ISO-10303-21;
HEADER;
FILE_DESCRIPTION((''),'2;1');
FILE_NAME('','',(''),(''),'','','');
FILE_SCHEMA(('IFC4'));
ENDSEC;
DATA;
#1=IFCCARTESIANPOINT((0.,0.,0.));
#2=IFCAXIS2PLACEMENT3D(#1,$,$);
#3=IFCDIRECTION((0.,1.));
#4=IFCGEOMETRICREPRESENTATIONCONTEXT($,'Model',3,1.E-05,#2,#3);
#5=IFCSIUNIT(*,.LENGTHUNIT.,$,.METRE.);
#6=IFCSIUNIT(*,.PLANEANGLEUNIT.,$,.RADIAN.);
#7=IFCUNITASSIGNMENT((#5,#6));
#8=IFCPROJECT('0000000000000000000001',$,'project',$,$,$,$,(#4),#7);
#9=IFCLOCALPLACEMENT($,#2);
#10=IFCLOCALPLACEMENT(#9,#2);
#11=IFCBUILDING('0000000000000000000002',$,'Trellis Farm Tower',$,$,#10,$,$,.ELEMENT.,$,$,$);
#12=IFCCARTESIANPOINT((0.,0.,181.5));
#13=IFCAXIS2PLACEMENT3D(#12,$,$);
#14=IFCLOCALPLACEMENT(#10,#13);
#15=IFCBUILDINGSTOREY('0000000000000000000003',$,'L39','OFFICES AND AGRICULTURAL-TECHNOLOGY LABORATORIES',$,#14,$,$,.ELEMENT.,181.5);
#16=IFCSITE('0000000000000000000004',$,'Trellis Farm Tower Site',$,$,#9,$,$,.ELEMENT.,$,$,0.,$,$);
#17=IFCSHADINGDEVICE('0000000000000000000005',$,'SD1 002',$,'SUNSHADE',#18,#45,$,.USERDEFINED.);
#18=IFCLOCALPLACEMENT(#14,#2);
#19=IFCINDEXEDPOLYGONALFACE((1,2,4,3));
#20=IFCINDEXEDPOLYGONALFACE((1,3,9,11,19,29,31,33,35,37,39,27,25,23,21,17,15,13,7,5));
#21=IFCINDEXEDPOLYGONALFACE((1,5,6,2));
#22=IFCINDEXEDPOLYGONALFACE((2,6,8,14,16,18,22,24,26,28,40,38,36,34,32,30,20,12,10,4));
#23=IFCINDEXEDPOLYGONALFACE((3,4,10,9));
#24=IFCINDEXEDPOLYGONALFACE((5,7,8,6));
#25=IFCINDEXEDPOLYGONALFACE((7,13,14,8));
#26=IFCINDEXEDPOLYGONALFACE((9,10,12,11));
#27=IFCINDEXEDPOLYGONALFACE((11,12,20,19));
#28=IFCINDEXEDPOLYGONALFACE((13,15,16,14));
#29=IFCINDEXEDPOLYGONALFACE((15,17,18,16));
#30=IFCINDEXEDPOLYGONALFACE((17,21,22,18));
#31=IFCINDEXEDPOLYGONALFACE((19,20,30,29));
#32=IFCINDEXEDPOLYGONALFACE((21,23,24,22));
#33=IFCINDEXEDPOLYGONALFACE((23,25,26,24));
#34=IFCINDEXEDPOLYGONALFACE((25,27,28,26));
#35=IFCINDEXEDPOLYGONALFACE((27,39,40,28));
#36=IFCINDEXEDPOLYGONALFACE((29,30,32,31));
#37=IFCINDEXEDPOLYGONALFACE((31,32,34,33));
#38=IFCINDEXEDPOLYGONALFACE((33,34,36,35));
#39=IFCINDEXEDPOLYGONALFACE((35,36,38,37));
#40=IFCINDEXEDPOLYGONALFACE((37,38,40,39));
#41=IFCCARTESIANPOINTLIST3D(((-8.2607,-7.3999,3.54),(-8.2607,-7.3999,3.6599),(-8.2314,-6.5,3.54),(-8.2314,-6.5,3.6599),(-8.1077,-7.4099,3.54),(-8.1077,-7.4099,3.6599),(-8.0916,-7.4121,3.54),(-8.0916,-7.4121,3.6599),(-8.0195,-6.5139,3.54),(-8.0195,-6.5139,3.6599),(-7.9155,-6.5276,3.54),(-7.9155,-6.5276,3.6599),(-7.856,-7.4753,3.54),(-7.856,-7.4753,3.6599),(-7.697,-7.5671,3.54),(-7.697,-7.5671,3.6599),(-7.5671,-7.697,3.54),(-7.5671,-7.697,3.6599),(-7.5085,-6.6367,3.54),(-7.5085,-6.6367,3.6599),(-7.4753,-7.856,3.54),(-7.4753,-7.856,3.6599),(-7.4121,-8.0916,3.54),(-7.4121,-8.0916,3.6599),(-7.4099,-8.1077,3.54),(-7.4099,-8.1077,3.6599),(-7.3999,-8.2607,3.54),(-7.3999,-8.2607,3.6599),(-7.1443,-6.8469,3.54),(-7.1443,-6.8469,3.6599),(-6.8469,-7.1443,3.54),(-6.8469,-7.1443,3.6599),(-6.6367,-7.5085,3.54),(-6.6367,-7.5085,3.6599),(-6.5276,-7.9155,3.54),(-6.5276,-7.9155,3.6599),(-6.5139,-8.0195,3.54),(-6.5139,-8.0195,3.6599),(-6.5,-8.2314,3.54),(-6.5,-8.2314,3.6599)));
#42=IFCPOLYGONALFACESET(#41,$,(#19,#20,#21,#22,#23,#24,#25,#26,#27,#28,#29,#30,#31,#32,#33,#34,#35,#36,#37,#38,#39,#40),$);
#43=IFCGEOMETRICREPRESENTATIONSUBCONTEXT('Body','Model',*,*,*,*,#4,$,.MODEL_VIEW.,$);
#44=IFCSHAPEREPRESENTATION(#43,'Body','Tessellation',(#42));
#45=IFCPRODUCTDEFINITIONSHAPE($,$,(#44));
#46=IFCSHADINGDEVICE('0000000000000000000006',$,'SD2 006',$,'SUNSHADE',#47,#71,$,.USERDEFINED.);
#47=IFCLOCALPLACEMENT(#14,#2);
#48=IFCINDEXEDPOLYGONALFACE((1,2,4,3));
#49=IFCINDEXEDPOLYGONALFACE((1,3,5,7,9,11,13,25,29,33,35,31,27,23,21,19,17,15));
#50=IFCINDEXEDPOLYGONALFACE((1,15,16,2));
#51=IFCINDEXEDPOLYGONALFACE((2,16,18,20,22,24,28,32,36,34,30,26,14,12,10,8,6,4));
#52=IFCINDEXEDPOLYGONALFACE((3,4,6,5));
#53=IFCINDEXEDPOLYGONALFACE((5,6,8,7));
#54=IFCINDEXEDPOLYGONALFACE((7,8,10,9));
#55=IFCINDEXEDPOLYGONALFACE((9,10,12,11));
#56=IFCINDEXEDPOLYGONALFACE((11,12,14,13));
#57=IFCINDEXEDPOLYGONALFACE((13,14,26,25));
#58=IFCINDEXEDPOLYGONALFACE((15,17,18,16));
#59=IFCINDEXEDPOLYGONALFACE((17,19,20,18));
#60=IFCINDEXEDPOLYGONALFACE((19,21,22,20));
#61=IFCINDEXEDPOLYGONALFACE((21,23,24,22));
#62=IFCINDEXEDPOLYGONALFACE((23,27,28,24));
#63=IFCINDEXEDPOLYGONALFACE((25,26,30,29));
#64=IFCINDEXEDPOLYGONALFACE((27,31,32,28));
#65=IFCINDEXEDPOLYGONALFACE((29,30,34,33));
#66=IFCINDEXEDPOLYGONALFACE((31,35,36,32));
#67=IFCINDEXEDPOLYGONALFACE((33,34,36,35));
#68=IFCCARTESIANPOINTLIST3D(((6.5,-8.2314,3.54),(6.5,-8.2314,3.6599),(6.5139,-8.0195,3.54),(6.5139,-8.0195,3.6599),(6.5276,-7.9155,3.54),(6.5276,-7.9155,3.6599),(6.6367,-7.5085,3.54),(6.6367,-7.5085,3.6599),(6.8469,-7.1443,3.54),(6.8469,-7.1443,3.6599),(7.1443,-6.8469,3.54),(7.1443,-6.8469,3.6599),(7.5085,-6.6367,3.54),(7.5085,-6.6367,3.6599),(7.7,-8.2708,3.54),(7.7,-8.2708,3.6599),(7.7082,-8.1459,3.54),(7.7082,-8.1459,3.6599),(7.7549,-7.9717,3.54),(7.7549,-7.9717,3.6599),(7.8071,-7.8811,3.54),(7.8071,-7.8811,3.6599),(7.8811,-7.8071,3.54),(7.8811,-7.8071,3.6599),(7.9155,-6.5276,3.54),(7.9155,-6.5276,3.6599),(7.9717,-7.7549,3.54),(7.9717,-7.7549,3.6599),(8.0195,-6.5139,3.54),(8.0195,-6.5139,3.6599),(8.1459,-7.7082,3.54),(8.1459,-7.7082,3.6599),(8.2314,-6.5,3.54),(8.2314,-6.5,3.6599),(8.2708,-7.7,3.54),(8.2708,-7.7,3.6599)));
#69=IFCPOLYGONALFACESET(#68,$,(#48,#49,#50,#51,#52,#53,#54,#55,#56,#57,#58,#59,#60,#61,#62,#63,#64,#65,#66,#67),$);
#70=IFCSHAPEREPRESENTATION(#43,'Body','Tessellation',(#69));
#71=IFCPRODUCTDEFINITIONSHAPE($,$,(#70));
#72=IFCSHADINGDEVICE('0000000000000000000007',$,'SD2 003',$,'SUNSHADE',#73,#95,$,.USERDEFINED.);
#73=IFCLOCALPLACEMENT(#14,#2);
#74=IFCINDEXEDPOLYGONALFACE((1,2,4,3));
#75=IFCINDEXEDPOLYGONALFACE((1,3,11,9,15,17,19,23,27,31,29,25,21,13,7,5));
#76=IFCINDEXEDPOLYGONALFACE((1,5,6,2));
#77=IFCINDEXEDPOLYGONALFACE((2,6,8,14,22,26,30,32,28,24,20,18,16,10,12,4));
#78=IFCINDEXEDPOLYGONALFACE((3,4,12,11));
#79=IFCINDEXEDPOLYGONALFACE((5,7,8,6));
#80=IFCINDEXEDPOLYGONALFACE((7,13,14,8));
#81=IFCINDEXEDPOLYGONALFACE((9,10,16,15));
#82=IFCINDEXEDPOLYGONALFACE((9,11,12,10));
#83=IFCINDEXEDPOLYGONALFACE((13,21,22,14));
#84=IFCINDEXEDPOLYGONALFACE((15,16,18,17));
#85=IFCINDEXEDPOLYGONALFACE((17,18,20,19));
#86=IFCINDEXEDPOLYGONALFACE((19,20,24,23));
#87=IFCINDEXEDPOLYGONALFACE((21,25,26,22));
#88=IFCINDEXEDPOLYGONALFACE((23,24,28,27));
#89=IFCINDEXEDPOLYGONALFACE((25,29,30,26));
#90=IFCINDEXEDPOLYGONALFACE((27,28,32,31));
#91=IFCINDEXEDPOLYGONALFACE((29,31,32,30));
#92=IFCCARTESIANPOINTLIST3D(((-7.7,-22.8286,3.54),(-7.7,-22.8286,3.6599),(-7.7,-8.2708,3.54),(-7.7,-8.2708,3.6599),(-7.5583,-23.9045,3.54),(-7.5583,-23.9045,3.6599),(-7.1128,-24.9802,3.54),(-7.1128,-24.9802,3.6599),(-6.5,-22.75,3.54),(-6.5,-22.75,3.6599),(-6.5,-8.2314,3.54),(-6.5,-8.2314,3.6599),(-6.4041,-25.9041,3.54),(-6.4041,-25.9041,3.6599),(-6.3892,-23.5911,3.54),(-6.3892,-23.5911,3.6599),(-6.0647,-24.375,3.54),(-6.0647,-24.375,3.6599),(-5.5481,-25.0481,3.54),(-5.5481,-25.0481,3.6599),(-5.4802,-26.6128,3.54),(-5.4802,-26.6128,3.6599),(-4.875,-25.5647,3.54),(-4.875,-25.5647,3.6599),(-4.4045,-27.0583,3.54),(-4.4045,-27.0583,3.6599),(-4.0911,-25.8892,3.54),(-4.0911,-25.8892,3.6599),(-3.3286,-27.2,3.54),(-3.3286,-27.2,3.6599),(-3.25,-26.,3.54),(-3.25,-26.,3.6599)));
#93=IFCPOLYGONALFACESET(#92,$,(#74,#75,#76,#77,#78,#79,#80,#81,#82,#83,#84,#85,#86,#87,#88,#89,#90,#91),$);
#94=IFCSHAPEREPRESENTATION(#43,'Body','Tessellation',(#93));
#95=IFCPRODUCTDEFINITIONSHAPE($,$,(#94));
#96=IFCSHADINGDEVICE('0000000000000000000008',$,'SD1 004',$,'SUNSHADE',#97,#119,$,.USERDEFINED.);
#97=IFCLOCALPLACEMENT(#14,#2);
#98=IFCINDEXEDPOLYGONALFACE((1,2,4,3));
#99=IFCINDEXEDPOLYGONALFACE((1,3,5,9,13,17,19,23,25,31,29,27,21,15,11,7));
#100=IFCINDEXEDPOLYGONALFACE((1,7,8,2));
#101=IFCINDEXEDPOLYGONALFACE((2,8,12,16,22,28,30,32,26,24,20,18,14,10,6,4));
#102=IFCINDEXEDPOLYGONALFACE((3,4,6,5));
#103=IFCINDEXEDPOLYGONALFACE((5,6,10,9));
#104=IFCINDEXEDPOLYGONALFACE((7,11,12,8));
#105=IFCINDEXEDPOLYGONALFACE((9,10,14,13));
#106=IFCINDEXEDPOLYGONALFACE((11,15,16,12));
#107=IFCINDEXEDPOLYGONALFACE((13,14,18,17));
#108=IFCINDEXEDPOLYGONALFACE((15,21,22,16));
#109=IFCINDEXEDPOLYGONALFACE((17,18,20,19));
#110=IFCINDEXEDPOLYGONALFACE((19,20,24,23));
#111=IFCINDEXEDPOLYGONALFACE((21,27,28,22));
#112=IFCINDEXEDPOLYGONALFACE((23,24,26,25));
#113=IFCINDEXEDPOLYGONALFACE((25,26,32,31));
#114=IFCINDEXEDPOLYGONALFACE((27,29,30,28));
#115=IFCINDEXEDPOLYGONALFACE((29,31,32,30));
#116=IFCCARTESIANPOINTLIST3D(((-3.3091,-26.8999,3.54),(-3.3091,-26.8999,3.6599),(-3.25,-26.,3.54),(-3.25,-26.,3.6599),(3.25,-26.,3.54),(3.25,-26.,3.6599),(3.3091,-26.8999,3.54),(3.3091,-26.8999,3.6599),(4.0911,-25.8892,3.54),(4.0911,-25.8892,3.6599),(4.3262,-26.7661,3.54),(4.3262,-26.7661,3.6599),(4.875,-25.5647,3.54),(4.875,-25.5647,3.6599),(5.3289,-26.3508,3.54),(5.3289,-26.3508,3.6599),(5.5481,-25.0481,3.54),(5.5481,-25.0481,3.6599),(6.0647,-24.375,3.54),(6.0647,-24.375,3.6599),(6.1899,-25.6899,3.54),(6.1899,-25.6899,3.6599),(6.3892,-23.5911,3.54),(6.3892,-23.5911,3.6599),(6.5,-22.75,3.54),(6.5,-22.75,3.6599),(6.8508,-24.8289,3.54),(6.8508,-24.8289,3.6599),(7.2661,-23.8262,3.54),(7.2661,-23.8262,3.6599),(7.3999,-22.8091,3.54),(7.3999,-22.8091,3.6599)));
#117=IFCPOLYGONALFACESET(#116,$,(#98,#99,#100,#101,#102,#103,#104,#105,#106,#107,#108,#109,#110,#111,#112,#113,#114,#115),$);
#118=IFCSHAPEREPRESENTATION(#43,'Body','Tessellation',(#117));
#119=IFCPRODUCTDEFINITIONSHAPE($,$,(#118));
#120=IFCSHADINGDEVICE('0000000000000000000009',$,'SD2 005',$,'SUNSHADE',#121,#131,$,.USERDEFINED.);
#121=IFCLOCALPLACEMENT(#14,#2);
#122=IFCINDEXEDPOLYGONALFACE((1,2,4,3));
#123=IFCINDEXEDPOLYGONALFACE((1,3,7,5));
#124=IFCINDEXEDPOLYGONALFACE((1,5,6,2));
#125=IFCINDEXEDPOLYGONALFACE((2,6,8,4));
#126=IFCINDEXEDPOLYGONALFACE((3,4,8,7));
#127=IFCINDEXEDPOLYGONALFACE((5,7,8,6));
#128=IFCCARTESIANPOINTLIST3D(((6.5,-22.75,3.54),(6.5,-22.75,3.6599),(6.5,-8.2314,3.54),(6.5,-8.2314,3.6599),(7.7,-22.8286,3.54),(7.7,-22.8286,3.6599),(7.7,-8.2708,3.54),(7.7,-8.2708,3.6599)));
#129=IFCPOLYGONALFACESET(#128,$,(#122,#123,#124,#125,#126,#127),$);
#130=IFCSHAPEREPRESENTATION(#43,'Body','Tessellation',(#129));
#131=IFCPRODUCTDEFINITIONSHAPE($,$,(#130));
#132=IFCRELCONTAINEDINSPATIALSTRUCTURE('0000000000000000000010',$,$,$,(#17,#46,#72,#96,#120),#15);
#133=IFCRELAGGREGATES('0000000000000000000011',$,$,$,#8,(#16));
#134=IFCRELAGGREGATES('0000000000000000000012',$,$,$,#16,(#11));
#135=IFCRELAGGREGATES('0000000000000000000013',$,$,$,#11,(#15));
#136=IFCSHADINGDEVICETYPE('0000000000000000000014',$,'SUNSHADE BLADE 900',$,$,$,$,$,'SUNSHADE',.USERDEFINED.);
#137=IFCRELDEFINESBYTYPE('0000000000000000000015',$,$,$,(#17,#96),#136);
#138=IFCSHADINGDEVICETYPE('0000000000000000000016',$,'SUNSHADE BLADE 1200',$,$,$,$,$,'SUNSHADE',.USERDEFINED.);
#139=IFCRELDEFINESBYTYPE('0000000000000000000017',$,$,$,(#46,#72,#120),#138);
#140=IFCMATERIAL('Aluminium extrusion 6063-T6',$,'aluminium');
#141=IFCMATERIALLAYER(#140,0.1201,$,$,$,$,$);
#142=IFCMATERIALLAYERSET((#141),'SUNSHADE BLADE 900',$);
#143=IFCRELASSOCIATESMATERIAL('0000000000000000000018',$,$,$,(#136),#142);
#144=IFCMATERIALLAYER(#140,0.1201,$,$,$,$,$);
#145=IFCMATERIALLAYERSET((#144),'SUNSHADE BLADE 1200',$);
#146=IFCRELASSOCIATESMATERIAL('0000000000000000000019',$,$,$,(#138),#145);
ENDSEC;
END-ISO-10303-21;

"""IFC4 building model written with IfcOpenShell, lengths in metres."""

from ifc_helpers import new_model, si_unit, direction, frame, origin, place, context, subcontext, project, spatial, polyline, outline, extrude, source, transform, mapped, material, layer, layer_set, type_object, element, save


model = new_model("IFC4")

# Units and contexts
model_context = context("Model", 3, precision=1e-05, world=origin(), true_north=direction((0.0, 1.0)))
body_context = subcontext(model_context, "Body", "Model", "MODEL_VIEW")
ifc_project = project(units=[si_unit("LENGTHUNIT", "METRE"), si_unit("PLANEANGLEUNIT", "RADIAN")], contexts=[model_context])

# Site, building, storey
site_placement = place(None, origin())
site = spatial("IfcSite", under=ifc_project, at=site_placement, Name="Trellis Farm Tower Site", CompositionType="ELEMENT", RefElevation=0.0)
building_placement = place(site_placement, origin())
building = spatial("IfcBuilding", under=site, at=building_placement, Name="Trellis Farm Tower", CompositionType="ELEMENT")
storey_placement = place(building_placement, frame((0.0, 0.0, 181.5)))
storey = spatial("IfcBuildingStorey", under=building, at=storey_placement, Name="L39", Description="OFFICES AND AGRICULTURAL-TECHNOLOGY LABORATORIES", CompositionType="ELEMENT", Elevation=181.5)

# Shared definitions
ifc_material_1 = material(Name="Aluminium extrusion 6063-T6", Category="aluminium")

# Shading devices
ifc_layer_1 = layer(ifc_material_1, 0.1201)
ifc_layer_set_1 = layer_set([ifc_layer_1], Name="SUNSHADE BLADE 900")
shading_device_type_1 = type_object("IfcShadingDeviceType", Name="SUNSHADE BLADE 900", ElementType="SUNSHADE", PredefinedType="USERDEFINED", material=ifc_layer_set_1)
shared_shape_1 = source(origin(), body_context, "Body", "SweptSolid", [
    extrude(outline(polyline([(-8.2607, -7.3999), (-8.1077, -7.4099), (-8.0916, -7.4121), (-7.856, -7.4753), (-7.697, -7.5671), (-7.5671, -7.697), (-7.4753, -7.856), (-7.4121, -8.0916), (-7.4099, -8.1077), (-7.3999, -8.2607), (-6.5, -8.2314), (-6.5139, -8.0195), (-6.5276, -7.9155), (-6.6367, -7.5085), (-6.8469, -7.1443), (-7.1443, -6.8469), (-7.5085, -6.6367), (-7.9155, -6.5276), (-8.0195, -6.5139), (-8.2314, -6.5), (-8.2607, -7.3999)])), origin(), (0.0, 0.0, 1.0), 0.1199),
])
placement_1 = place(storey_placement, frame((0.0, 0.0, 3.54)))
element("IfcShadingDevice", 1, at=placement_1, inside=storey, type_object=shading_device_type_1, Name="SD1 002", ObjectType="SUNSHADE", PredefinedType="USERDEFINED", context=body_context, shape_type="MappedRepresentation", body=[
    mapped(shared_shape_1, transform((0.0, 0.0, 0.0))),
])
ifc_layer_2 = layer(ifc_material_1, 0.1201)
ifc_layer_set_2 = layer_set([ifc_layer_2], Name="SUNSHADE BLADE 1200")
shading_device_type_2 = type_object("IfcShadingDeviceType", Name="SUNSHADE BLADE 1200", ElementType="SUNSHADE", PredefinedType="USERDEFINED", material=ifc_layer_set_2)
shared_shape_2 = source(origin(), body_context, "Body", "SweptSolid", [
    extrude(outline(polyline([(7.7, -8.2708), (7.7087, -8.1372), (7.707, -8.1501), (7.7549, -7.9717), (7.8071, -7.8811), (7.8811, -7.8071), (7.9717, -7.7549), (8.1501, -7.707), (8.1372, -7.7087), (8.2708, -7.7), (8.2314, -6.5), (8.0195, -6.5139), (7.9155, -6.5276), (7.5085, -6.6367), (7.1443, -6.8469), (6.8469, -7.1443), (6.6367, -7.5085), (6.5276, -7.9155), (6.5139, -8.0195), (6.5, -8.2314), (7.7, -8.2708)])), origin(), (0.0, 0.0, 1.0), 0.1199),
])
element("IfcShadingDevice", 2, at=placement_1, inside=storey, type_object=shading_device_type_2, Name="SD2 006", ObjectType="SUNSHADE", PredefinedType="USERDEFINED", context=body_context, shape_type="MappedRepresentation", body=[
    mapped(shared_shape_2, transform((0.0, 0.0, 0.0))),
])
shared_shape_3 = source(origin(), body_context, "Body", "SweptSolid", [
    extrude(outline(polyline([(-7.7, -8.2708), (-7.7, -22.8286), (-7.5583, -23.9045), (-7.1128, -24.9802), (-6.4041, -25.9041), (-5.4802, -26.6128), (-4.4045, -27.0583), (-3.3286, -27.2), (-3.25, -26.0), (-4.0911, -25.8892), (-4.875, -25.5647), (-5.5481, -25.0481), (-6.0647, -24.375), (-6.3892, -23.5911), (-6.5, -22.75), (-6.5, -8.2314), (-7.7, -8.2708)])), origin(), (0.0, 0.0, 1.0), 0.1199),
])
element("IfcShadingDevice", 3, at=placement_1, inside=storey, type_object=shading_device_type_2, Name="SD2 003", ObjectType="SUNSHADE", PredefinedType="USERDEFINED", context=body_context, shape_type="MappedRepresentation", body=[
    mapped(shared_shape_3, transform((0.0, 0.0, 0.0))),
])
shared_shape_4 = source(origin(), body_context, "Body", "SweptSolid", [
    extrude(outline(polyline([(-3.3091, -26.8999), (3.3091, -26.8999), (4.3262, -26.7661), (5.3289, -26.3508), (6.1899, -25.6899), (6.8508, -24.8289), (7.2661, -23.8262), (7.3999, -22.8091), (6.5, -22.75), (6.3892, -23.5911), (6.0647, -24.375), (5.5481, -25.0481), (4.875, -25.5647), (4.0911, -25.8892), (3.25, -26.0), (-3.25, -26.0), (-3.3091, -26.8999)])), origin(), (0.0, 0.0, 1.0), 0.1199),
])
element("IfcShadingDevice", 4, at=placement_1, inside=storey, type_object=shading_device_type_1, Name="SD1 004", ObjectType="SUNSHADE", PredefinedType="USERDEFINED", context=body_context, shape_type="MappedRepresentation", body=[
    mapped(shared_shape_4, transform((0.0, 0.0, 0.0))),
])
shared_shape_5 = source(origin(), body_context, "Body", "SweptSolid", [
    extrude(outline(polyline([(7.7, -22.8286), (7.7, -8.2708), (6.5, -8.2314), (6.5, -22.75), (7.7, -22.8286)])), origin(), (0.0, 0.0, 1.0), 0.1199),
])
element("IfcShadingDevice", 5, at=placement_1, inside=storey, type_object=shading_device_type_2, Name="SD2 005", ObjectType="SUNSHADE", PredefinedType="USERDEFINED", context=body_context, shape_type="MappedRepresentation", body=[
    mapped(shared_shape_5, transform((0.0, 0.0, 0.0))),
])

save(model, "model.ifc")
